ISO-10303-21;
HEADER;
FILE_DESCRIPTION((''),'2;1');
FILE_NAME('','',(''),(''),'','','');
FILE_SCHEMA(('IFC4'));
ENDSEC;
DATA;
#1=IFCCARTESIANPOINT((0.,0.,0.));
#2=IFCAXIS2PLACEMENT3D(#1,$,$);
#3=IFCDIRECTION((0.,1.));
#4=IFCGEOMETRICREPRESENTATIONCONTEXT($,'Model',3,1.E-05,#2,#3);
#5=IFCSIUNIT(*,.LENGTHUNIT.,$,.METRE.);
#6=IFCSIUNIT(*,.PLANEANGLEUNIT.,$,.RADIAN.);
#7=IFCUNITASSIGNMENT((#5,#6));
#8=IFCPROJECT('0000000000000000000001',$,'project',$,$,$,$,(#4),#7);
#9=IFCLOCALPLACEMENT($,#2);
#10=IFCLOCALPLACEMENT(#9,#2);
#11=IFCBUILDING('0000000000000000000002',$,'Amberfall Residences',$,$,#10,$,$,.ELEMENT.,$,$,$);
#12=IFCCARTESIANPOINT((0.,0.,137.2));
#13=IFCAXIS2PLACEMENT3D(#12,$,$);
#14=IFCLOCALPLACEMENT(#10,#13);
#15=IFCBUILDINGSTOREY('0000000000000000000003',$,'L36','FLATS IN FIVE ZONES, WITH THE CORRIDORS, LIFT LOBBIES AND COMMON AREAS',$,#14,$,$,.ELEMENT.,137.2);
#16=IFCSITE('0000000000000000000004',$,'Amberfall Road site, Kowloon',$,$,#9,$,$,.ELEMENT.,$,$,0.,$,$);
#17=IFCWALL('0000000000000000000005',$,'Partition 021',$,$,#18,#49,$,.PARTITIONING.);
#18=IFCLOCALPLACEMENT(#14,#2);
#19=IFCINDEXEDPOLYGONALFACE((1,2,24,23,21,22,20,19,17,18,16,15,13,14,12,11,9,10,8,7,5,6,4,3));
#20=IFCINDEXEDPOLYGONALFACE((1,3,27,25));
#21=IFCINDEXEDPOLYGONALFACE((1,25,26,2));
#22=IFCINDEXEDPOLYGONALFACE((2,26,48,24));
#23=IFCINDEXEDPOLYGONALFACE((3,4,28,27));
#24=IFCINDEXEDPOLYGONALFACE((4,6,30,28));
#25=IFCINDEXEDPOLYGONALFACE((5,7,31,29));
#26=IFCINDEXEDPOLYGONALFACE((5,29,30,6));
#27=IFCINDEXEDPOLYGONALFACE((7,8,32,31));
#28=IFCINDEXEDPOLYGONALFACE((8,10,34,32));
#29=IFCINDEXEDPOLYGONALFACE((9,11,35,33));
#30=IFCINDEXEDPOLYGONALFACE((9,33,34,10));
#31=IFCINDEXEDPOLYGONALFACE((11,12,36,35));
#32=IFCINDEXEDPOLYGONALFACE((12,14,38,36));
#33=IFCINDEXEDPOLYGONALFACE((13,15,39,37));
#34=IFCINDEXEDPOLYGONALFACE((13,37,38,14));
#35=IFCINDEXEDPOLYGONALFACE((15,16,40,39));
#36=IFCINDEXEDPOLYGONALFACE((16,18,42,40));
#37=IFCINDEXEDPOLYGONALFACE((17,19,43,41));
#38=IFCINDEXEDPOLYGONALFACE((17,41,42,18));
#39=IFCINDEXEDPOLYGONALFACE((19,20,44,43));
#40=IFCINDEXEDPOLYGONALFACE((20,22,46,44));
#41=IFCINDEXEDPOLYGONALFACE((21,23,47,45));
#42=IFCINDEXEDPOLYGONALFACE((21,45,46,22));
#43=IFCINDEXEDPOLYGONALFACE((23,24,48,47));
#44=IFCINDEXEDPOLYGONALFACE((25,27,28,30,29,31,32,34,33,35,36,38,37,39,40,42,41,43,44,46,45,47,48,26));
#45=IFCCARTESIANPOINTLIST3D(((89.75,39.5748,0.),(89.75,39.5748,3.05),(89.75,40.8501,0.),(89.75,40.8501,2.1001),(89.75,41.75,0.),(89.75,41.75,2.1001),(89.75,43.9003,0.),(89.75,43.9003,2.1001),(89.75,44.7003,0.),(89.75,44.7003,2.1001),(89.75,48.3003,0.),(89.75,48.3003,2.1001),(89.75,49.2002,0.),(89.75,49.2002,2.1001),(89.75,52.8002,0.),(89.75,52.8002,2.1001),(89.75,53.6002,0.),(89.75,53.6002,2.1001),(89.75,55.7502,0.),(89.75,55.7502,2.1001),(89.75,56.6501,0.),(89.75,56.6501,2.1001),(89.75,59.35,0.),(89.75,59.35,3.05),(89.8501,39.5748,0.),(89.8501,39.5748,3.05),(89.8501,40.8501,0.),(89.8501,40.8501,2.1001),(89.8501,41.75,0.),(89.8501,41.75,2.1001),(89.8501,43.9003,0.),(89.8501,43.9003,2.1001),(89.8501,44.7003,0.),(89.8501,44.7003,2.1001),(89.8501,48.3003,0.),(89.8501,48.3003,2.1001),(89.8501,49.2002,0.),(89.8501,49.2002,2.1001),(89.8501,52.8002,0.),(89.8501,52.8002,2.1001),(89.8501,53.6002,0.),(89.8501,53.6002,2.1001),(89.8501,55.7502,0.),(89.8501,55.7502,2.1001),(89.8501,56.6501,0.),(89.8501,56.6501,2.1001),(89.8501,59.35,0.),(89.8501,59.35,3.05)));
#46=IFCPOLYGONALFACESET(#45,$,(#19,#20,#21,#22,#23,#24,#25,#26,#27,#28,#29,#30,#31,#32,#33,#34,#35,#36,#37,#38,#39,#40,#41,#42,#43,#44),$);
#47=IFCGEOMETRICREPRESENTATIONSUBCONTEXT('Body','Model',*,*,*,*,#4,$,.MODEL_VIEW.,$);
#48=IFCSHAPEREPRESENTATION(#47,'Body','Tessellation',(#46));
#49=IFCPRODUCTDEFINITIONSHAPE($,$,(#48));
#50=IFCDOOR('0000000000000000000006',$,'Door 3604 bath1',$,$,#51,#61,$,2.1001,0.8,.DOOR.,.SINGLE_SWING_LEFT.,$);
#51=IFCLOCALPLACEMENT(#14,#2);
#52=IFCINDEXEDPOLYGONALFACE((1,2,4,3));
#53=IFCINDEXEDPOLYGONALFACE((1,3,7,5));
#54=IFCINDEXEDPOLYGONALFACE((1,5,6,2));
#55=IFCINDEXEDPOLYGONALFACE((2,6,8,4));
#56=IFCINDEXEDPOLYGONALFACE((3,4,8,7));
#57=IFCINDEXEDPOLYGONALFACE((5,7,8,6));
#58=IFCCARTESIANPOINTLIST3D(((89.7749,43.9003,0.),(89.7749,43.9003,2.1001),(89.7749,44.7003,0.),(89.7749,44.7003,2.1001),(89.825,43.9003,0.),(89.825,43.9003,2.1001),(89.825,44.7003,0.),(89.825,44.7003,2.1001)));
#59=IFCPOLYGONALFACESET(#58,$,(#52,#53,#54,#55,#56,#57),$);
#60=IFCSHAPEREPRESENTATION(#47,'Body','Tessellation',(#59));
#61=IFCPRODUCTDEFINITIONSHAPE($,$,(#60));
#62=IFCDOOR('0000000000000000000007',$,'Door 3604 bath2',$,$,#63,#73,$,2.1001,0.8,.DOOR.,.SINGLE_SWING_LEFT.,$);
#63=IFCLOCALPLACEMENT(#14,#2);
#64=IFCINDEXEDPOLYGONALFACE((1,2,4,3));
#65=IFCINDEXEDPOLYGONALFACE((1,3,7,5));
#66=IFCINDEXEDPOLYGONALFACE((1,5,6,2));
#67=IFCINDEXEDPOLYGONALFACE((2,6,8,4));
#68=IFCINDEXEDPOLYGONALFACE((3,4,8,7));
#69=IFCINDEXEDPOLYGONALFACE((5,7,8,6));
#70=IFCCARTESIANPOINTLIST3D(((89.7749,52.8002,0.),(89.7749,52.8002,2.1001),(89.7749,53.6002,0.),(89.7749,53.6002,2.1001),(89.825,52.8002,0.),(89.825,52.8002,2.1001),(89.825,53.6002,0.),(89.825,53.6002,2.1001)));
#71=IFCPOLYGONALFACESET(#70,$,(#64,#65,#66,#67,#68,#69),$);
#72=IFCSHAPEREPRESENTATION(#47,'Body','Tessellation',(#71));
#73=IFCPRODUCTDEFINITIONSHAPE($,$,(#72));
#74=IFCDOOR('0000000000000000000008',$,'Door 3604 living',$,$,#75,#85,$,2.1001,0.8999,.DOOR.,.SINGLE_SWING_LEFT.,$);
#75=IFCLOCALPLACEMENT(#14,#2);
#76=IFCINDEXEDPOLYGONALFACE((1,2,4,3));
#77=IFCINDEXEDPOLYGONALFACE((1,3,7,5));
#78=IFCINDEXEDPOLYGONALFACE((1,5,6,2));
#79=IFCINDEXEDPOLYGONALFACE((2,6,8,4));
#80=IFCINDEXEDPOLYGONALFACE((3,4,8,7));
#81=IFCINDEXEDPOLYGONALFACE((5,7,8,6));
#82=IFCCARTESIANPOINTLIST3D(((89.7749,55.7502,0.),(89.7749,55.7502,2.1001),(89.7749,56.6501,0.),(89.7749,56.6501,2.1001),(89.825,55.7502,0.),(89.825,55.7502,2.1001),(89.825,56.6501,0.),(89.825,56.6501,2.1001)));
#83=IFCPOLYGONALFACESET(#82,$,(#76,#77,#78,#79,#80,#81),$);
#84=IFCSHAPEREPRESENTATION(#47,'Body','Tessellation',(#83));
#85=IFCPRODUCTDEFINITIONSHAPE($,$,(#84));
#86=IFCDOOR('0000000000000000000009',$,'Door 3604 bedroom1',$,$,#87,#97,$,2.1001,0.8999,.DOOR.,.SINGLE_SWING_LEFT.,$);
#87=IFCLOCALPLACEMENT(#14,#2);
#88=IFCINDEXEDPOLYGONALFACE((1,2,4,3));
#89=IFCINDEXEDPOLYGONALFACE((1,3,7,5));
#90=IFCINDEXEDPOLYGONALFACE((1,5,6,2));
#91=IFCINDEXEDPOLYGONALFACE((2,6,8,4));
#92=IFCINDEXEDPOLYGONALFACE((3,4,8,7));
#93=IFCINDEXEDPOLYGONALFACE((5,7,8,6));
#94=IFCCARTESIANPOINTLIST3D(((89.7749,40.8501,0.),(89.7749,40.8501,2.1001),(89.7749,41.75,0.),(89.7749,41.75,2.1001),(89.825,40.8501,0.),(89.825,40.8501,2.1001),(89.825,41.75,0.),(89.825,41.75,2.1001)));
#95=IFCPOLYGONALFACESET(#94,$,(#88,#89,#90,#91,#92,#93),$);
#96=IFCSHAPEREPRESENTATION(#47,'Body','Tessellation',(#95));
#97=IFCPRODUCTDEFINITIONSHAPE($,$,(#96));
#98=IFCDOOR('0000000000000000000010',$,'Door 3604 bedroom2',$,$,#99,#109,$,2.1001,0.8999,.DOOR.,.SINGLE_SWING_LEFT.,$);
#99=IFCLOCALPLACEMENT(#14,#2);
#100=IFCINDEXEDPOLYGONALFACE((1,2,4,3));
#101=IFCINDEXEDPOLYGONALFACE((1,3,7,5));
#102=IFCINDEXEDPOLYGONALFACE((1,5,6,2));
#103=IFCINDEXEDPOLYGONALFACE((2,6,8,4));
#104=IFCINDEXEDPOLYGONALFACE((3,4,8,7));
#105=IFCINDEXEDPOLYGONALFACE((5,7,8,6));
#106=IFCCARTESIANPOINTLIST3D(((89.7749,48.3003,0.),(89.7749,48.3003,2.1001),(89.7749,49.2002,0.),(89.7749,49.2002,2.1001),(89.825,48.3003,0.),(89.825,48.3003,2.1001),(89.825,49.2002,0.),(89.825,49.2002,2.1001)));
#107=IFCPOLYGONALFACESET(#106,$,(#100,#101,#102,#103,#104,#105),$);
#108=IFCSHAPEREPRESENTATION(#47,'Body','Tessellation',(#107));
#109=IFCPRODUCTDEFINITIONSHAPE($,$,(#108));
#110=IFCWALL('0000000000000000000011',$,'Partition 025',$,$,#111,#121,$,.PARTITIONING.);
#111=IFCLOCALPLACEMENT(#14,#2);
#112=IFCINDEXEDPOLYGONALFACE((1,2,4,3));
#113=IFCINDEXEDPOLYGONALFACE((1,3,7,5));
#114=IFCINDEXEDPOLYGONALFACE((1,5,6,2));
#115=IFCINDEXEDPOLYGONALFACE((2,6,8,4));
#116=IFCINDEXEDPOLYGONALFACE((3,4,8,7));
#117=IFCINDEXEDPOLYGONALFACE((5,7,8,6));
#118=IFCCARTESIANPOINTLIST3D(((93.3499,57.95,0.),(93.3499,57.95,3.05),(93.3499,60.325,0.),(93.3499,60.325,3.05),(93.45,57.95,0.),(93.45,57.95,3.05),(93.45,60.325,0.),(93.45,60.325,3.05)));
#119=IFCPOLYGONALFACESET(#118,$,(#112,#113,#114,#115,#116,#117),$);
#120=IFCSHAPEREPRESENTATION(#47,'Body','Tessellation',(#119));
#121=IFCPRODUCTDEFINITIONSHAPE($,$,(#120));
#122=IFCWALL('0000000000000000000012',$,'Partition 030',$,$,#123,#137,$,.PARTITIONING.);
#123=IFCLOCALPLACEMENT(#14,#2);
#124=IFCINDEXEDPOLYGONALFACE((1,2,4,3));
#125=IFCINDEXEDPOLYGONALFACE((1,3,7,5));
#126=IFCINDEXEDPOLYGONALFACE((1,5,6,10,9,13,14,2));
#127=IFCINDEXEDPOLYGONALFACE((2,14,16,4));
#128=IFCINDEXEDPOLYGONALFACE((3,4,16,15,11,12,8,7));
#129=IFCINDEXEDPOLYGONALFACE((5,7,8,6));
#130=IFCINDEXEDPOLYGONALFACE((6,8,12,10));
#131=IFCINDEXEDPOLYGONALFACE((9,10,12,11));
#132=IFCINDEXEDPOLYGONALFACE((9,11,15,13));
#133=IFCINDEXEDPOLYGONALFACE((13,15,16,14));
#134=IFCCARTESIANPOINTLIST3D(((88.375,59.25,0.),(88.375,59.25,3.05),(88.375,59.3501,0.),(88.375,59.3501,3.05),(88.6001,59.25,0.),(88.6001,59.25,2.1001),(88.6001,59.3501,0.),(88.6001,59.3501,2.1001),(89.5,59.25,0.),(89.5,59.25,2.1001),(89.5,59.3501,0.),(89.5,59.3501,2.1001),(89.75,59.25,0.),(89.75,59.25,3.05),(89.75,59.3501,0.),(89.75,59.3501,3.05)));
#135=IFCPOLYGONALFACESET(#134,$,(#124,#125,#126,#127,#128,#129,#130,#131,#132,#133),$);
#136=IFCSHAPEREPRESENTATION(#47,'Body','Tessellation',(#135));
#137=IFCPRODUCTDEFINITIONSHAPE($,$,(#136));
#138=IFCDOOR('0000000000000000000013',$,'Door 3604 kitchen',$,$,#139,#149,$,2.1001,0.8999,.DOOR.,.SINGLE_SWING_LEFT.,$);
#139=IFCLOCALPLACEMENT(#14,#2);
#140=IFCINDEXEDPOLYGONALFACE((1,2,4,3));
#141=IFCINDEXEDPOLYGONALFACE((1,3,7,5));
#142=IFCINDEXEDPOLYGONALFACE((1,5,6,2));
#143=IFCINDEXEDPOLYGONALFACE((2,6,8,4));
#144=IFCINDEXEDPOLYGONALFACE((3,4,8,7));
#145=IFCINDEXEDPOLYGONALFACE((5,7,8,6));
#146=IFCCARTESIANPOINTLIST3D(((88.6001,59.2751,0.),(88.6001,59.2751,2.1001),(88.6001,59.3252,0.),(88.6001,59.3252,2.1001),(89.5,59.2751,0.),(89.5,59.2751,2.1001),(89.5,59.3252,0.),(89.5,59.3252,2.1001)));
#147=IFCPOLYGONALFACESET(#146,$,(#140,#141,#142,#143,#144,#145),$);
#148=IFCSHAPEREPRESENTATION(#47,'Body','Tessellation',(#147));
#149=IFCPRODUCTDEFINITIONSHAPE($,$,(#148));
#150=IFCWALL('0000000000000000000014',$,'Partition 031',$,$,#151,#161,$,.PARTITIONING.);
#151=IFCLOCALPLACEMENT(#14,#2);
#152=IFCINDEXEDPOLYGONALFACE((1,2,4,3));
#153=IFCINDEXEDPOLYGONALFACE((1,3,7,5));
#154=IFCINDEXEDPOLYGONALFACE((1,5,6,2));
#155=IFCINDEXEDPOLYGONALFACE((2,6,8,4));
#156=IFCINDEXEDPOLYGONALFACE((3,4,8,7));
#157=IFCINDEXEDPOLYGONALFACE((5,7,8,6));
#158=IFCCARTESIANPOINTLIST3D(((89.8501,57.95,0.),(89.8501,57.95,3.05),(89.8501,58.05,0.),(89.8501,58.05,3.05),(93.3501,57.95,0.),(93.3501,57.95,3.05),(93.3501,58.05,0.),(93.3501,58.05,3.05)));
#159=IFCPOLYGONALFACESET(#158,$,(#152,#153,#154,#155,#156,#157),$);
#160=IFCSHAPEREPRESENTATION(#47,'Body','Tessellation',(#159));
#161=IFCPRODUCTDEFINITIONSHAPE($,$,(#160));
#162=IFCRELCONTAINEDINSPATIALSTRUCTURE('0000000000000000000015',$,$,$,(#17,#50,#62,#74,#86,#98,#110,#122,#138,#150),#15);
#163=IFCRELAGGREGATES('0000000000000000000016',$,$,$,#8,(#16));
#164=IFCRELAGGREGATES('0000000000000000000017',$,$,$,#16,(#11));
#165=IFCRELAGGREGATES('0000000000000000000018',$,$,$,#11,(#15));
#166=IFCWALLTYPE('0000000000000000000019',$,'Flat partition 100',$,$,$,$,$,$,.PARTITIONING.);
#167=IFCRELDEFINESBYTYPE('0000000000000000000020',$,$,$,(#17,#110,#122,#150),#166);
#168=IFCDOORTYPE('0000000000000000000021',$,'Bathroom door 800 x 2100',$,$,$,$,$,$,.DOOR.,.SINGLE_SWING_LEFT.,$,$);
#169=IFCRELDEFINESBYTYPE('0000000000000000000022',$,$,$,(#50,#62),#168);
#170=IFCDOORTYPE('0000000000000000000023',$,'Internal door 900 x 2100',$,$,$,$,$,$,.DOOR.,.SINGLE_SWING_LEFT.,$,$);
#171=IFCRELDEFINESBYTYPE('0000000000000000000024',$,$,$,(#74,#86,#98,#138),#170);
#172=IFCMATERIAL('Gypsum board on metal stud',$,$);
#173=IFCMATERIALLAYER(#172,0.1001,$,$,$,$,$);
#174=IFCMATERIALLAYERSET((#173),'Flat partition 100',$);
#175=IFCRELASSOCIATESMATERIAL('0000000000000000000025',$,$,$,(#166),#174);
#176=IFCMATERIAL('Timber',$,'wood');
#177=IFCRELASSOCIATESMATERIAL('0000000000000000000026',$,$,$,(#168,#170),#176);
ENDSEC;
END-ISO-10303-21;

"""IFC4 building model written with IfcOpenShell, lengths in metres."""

from ifc_helpers import new_model, si_unit, direction, frame, frame_2d, origin, place, context, subcontext, project, spatial, rectangle, extrude, material, layer, layer_set, type_object, element, fill, save


model = new_model("IFC4")

# Units and contexts
model_context = context("Model", 3, precision=1e-05, world=origin(), true_north=direction((0.0, 1.0)))
body_context = subcontext(model_context, "Body", "Model", "MODEL_VIEW")
ifc_project = project(units=[si_unit("LENGTHUNIT", "METRE"), si_unit("PLANEANGLEUNIT", "RADIAN")], contexts=[model_context])

# Site, building, storey
site_placement = place(None, origin())
site = spatial("IfcSite", under=ifc_project, at=site_placement, Name="Amberfall Road site, Kowloon", CompositionType="ELEMENT", RefElevation=0.0)
building_placement = place(site_placement, origin())
building = spatial("IfcBuilding", under=site, at=building_placement, Name="Amberfall Residences", CompositionType="ELEMENT")
storey_placement = place(building_placement, frame((0.0, 0.0, 137.2)))
storey = spatial("IfcBuildingStorey", under=building, at=storey_placement, Name="L36", Description="FLATS IN FIVE ZONES, WITH THE CORRIDORS, LIFT LOBBIES AND COMMON AREAS", CompositionType="ELEMENT", Elevation=137.2)

# Wall, openings, doors
ifc_material_1 = material(Name="Gypsum board on metal stud")
ifc_layer_1 = layer(ifc_material_1, 0.1001)
ifc_layer_set_1 = layer_set([ifc_layer_1], Name="Flat partition 100")
wall_type_1 = type_object("IfcWallType", Name="Flat partition 100", PredefinedType="PARTITIONING", material=ifc_layer_set_1)
wall_1_placement = place(storey_placement, frame((89.8, 59.3501, 0.0), z_axis=(0.0, 0.0, 1.0), x_axis=(0.0, -1.0, 0.0)))
wall_1 = element("IfcWall", 1, at=wall_1_placement, inside=storey, type_object=wall_type_1, Name="Partition 021", PredefinedType="PARTITIONING", context=body_context, shape_type="SweptSolid", body=[
    extrude(rectangle(XDim=19.7751, YDim=0.1001, at=frame_2d((9.8877, 0.0))), origin(), (0.0, 0.0, 1.0), 3.05),
])
opening_1_placement = place(wall_1_placement, frame((2.7, 0.0, 0.0)))
opening_1 = element("IfcOpeningElement", 2, at=opening_1_placement, cuts=wall_1, PredefinedType="OPENING", context=body_context, shape_type="SweptSolid", body=[
    extrude(rectangle(XDim=0.8999, YDim=2.1001, at=frame_2d((0.45, 1.05))), frame((0.0, 0.0601, 0.0), z_axis=(0.0, -1.0, 0.0), x_axis=(1.0, 0.0, 0.0)), (0.0, 0.0, 1.0), 0.1201),
])
opening_2_placement = place(wall_1_placement, frame((17.6001, 0.0, 0.0)))
opening_2 = element("IfcOpeningElement", 3, at=opening_2_placement, cuts=wall_1, PredefinedType="OPENING", context=body_context, shape_type="SweptSolid", body=[
    extrude(rectangle(XDim=0.8999, YDim=2.1001, at=frame_2d((0.45, 1.05))), frame((0.0, 0.0601, 0.0), z_axis=(0.0, -1.0, 0.0), x_axis=(1.0, 0.0, 0.0)), (0.0, 0.0, 1.0), 0.1201),
])
opening_3_placement = place(wall_1_placement, frame((10.1499, 0.0, 0.0)))
opening_3 = element("IfcOpeningElement", 4, at=opening_3_placement, cuts=wall_1, PredefinedType="OPENING", context=body_context, shape_type="SweptSolid", body=[
    extrude(rectangle(XDim=0.8999, YDim=2.1001, at=frame_2d((0.45, 1.05))), frame((0.0, 0.0601, 0.0), z_axis=(0.0, -1.0, 0.0), x_axis=(1.0, 0.0, 0.0)), (0.0, 0.0, 1.0), 0.1201),
])
opening_4_placement = place(wall_1_placement, frame((14.6499, 0.0, 0.0)))
opening_4 = element("IfcOpeningElement", 5, at=opening_4_placement, cuts=wall_1, PredefinedType="OPENING", context=body_context, shape_type="SweptSolid", body=[
    extrude(rectangle(XDim=0.8, YDim=2.1001, at=frame_2d((0.3999, 1.05))), frame((0.0, 0.0601, 0.0), z_axis=(0.0, -1.0, 0.0), x_axis=(1.0, 0.0, 0.0)), (0.0, 0.0, 1.0), 0.1201),
])
opening_5_placement = place(wall_1_placement, frame((5.75, 0.0, 0.0)))
opening_5 = element("IfcOpeningElement", 6, at=opening_5_placement, cuts=wall_1, PredefinedType="OPENING", context=body_context, shape_type="SweptSolid", body=[
    extrude(rectangle(XDim=0.8, YDim=2.1001, at=frame_2d((0.3999, 1.05))), frame((0.0, 0.0601, 0.0), z_axis=(0.0, -1.0, 0.0), x_axis=(1.0, 0.0, 0.0)), (0.0, 0.0, 1.0), 0.1201),
])
ifc_material_2 = material(Name="Timber", Category="wood")
door_type_1 = type_object("IfcDoorType", Name="Bathroom door 800 x 2100", OperationType="SINGLE_SWING_LEFT", PredefinedType="DOOR", material=ifc_material_2)
door_1_placement = place(opening_4_placement, origin())
door_1 = element("IfcDoor", 7, at=door_1_placement, inside=storey, type_object=door_type_1, Name="Door 3604 bath1", OperationType="SINGLE_SWING_LEFT", OverallHeight=2.1001, OverallWidth=0.8, PredefinedType="DOOR", context=body_context, shape_type="SweptSolid", body=[
    extrude(rectangle(XDim=0.8, YDim=2.1001, at=frame_2d((0.3999, 1.05))), frame((0.0, 0.0249, 0.0), z_axis=(0.0, -1.0, 0.0), x_axis=(1.0, 0.0, 0.0)), (0.0, 0.0, 1.0), 0.05),
])
fill(opening_4, door_1)
door_2_placement = place(opening_5_placement, origin())
door_2 = element("IfcDoor", 8, at=door_2_placement, inside=storey, type_object=door_type_1, Name="Door 3604 bath2", OperationType="SINGLE_SWING_LEFT", OverallHeight=2.1001, OverallWidth=0.8, PredefinedType="DOOR", context=body_context, shape_type="SweptSolid", body=[
    extrude(rectangle(XDim=0.8, YDim=2.1001, at=frame_2d((0.3999, 1.05))), frame((0.0, 0.0249, 0.0), z_axis=(0.0, -1.0, 0.0), x_axis=(1.0, 0.0, 0.0)), (0.0, 0.0, 1.0), 0.05),
])
fill(opening_5, door_2)
door_type_2 = type_object("IfcDoorType", Name="Internal door 900 x 2100", OperationType="SINGLE_SWING_LEFT", PredefinedType="DOOR", material=ifc_material_2)
door_3_placement = place(opening_1_placement, origin())
door_3 = element("IfcDoor", 9, at=door_3_placement, inside=storey, type_object=door_type_2, Name="Door 3604 living", OperationType="SINGLE_SWING_LEFT", OverallHeight=2.1001, OverallWidth=0.8999, PredefinedType="DOOR", context=body_context, shape_type="SweptSolid", body=[
    extrude(rectangle(XDim=0.8999, YDim=2.1001, at=frame_2d((0.45, 1.05))), frame((0.0, 0.0249, 0.0), z_axis=(0.0, -1.0, 0.0), x_axis=(1.0, 0.0, 0.0)), (0.0, 0.0, 1.0), 0.05),
])
fill(opening_1, door_3)
door_4_placement = place(opening_2_placement, origin())
door_4 = element("IfcDoor", 10, at=door_4_placement, inside=storey, type_object=door_type_2, Name="Door 3604 bedroom1", OperationType="SINGLE_SWING_LEFT", OverallHeight=2.1001, OverallWidth=0.8999, PredefinedType="DOOR", context=body_context, shape_type="SweptSolid", body=[
    extrude(rectangle(XDim=0.8999, YDim=2.1001, at=frame_2d((0.45, 1.05))), frame((0.0, 0.0249, 0.0), z_axis=(0.0, -1.0, 0.0), x_axis=(1.0, 0.0, 0.0)), (0.0, 0.0, 1.0), 0.05),
])
fill(opening_2, door_4)
door_5_placement = place(opening_3_placement, origin())
door_5 = element("IfcDoor", 11, at=door_5_placement, inside=storey, type_object=door_type_2, Name="Door 3604 bedroom2", OperationType="SINGLE_SWING_LEFT", OverallHeight=2.1001, OverallWidth=0.8999, PredefinedType="DOOR", context=body_context, shape_type="SweptSolid", body=[
    extrude(rectangle(XDim=0.8999, YDim=2.1001, at=frame_2d((0.45, 1.05))), frame((0.0, 0.0249, 0.0), z_axis=(0.0, -1.0, 0.0), x_axis=(1.0, 0.0, 0.0)), (0.0, 0.0, 1.0), 0.05),
])
fill(opening_3, door_5)

# Wall
wall_2_placement = place(storey_placement, frame((93.3999, 57.95, 0.0), z_axis=(0.0, 0.0, 1.0), x_axis=(0.0, 1.0, 0.0)))
element("IfcWall", 12, at=wall_2_placement, inside=storey, type_object=wall_type_1, Name="Partition 025", PredefinedType="PARTITIONING", context=body_context, shape_type="SweptSolid", body=[
    extrude(rectangle(XDim=2.375, YDim=0.1001, at=frame_2d((1.1875, 0.0))), origin(), (0.0, 0.0, 1.0), 3.05),
])

# Wall, opening, door
wall_3_placement = place(storey_placement, frame((89.75, 59.3, 0.0), z_axis=(0.0, 0.0, 1.0), x_axis=(-1.0, 0.0, 0.0)))
wall_3 = element("IfcWall", 13, at=wall_3_placement, inside=storey, type_object=wall_type_1, Name="Partition 030", PredefinedType="PARTITIONING", context=body_context, shape_type="SweptSolid", body=[
    extrude(rectangle(XDim=1.375, YDim=0.1001, at=frame_2d((0.6875, 0.0))), origin(), (0.0, 0.0, 1.0), 3.05),
])
opening_6_placement = place(wall_3_placement, frame((0.25, 0.0, 0.0)))
opening_6 = element("IfcOpeningElement", 14, at=opening_6_placement, cuts=wall_3, PredefinedType="OPENING", context=body_context, shape_type="SweptSolid", body=[
    extrude(rectangle(XDim=0.8999, YDim=2.1001, at=frame_2d((0.45, 1.05))), frame((0.0, 0.0601, 0.0), z_axis=(0.0, -1.0, 0.0), x_axis=(1.0, 0.0, 0.0)), (0.0, 0.0, 1.0), 0.1201),
])
door_6_placement = place(opening_6_placement, origin())
door_6 = element("IfcDoor", 15, at=door_6_placement, inside=storey, type_object=door_type_2, Name="Door 3604 kitchen", OperationType="SINGLE_SWING_LEFT", OverallHeight=2.1001, OverallWidth=0.8999, PredefinedType="DOOR", context=body_context, shape_type="SweptSolid", body=[
    extrude(rectangle(XDim=0.8999, YDim=2.1001, at=frame_2d((0.45, 1.05))), frame((0.0, 0.0249, 0.0), z_axis=(0.0, -1.0, 0.0), x_axis=(1.0, 0.0, 0.0)), (0.0, 0.0, 1.0), 0.05),
])
fill(opening_6, door_6)

# Wall
wall_4_placement = place(storey_placement, frame((89.8501, 58.0, 0.0), z_axis=(0.0, 0.0, 1.0), x_axis=(1.0, 0.0, 0.0)))
element("IfcWall", 16, at=wall_4_placement, inside=storey, type_object=wall_type_1, Name="Partition 031", PredefinedType="PARTITIONING", context=body_context, shape_type="SweptSolid", body=[
    extrude(rectangle(XDim=3.5, YDim=0.1001, at=frame_2d((1.75, 0.0))), origin(), (0.0, 0.0, 1.0), 3.05),
])

save(model, "model.ifc")
